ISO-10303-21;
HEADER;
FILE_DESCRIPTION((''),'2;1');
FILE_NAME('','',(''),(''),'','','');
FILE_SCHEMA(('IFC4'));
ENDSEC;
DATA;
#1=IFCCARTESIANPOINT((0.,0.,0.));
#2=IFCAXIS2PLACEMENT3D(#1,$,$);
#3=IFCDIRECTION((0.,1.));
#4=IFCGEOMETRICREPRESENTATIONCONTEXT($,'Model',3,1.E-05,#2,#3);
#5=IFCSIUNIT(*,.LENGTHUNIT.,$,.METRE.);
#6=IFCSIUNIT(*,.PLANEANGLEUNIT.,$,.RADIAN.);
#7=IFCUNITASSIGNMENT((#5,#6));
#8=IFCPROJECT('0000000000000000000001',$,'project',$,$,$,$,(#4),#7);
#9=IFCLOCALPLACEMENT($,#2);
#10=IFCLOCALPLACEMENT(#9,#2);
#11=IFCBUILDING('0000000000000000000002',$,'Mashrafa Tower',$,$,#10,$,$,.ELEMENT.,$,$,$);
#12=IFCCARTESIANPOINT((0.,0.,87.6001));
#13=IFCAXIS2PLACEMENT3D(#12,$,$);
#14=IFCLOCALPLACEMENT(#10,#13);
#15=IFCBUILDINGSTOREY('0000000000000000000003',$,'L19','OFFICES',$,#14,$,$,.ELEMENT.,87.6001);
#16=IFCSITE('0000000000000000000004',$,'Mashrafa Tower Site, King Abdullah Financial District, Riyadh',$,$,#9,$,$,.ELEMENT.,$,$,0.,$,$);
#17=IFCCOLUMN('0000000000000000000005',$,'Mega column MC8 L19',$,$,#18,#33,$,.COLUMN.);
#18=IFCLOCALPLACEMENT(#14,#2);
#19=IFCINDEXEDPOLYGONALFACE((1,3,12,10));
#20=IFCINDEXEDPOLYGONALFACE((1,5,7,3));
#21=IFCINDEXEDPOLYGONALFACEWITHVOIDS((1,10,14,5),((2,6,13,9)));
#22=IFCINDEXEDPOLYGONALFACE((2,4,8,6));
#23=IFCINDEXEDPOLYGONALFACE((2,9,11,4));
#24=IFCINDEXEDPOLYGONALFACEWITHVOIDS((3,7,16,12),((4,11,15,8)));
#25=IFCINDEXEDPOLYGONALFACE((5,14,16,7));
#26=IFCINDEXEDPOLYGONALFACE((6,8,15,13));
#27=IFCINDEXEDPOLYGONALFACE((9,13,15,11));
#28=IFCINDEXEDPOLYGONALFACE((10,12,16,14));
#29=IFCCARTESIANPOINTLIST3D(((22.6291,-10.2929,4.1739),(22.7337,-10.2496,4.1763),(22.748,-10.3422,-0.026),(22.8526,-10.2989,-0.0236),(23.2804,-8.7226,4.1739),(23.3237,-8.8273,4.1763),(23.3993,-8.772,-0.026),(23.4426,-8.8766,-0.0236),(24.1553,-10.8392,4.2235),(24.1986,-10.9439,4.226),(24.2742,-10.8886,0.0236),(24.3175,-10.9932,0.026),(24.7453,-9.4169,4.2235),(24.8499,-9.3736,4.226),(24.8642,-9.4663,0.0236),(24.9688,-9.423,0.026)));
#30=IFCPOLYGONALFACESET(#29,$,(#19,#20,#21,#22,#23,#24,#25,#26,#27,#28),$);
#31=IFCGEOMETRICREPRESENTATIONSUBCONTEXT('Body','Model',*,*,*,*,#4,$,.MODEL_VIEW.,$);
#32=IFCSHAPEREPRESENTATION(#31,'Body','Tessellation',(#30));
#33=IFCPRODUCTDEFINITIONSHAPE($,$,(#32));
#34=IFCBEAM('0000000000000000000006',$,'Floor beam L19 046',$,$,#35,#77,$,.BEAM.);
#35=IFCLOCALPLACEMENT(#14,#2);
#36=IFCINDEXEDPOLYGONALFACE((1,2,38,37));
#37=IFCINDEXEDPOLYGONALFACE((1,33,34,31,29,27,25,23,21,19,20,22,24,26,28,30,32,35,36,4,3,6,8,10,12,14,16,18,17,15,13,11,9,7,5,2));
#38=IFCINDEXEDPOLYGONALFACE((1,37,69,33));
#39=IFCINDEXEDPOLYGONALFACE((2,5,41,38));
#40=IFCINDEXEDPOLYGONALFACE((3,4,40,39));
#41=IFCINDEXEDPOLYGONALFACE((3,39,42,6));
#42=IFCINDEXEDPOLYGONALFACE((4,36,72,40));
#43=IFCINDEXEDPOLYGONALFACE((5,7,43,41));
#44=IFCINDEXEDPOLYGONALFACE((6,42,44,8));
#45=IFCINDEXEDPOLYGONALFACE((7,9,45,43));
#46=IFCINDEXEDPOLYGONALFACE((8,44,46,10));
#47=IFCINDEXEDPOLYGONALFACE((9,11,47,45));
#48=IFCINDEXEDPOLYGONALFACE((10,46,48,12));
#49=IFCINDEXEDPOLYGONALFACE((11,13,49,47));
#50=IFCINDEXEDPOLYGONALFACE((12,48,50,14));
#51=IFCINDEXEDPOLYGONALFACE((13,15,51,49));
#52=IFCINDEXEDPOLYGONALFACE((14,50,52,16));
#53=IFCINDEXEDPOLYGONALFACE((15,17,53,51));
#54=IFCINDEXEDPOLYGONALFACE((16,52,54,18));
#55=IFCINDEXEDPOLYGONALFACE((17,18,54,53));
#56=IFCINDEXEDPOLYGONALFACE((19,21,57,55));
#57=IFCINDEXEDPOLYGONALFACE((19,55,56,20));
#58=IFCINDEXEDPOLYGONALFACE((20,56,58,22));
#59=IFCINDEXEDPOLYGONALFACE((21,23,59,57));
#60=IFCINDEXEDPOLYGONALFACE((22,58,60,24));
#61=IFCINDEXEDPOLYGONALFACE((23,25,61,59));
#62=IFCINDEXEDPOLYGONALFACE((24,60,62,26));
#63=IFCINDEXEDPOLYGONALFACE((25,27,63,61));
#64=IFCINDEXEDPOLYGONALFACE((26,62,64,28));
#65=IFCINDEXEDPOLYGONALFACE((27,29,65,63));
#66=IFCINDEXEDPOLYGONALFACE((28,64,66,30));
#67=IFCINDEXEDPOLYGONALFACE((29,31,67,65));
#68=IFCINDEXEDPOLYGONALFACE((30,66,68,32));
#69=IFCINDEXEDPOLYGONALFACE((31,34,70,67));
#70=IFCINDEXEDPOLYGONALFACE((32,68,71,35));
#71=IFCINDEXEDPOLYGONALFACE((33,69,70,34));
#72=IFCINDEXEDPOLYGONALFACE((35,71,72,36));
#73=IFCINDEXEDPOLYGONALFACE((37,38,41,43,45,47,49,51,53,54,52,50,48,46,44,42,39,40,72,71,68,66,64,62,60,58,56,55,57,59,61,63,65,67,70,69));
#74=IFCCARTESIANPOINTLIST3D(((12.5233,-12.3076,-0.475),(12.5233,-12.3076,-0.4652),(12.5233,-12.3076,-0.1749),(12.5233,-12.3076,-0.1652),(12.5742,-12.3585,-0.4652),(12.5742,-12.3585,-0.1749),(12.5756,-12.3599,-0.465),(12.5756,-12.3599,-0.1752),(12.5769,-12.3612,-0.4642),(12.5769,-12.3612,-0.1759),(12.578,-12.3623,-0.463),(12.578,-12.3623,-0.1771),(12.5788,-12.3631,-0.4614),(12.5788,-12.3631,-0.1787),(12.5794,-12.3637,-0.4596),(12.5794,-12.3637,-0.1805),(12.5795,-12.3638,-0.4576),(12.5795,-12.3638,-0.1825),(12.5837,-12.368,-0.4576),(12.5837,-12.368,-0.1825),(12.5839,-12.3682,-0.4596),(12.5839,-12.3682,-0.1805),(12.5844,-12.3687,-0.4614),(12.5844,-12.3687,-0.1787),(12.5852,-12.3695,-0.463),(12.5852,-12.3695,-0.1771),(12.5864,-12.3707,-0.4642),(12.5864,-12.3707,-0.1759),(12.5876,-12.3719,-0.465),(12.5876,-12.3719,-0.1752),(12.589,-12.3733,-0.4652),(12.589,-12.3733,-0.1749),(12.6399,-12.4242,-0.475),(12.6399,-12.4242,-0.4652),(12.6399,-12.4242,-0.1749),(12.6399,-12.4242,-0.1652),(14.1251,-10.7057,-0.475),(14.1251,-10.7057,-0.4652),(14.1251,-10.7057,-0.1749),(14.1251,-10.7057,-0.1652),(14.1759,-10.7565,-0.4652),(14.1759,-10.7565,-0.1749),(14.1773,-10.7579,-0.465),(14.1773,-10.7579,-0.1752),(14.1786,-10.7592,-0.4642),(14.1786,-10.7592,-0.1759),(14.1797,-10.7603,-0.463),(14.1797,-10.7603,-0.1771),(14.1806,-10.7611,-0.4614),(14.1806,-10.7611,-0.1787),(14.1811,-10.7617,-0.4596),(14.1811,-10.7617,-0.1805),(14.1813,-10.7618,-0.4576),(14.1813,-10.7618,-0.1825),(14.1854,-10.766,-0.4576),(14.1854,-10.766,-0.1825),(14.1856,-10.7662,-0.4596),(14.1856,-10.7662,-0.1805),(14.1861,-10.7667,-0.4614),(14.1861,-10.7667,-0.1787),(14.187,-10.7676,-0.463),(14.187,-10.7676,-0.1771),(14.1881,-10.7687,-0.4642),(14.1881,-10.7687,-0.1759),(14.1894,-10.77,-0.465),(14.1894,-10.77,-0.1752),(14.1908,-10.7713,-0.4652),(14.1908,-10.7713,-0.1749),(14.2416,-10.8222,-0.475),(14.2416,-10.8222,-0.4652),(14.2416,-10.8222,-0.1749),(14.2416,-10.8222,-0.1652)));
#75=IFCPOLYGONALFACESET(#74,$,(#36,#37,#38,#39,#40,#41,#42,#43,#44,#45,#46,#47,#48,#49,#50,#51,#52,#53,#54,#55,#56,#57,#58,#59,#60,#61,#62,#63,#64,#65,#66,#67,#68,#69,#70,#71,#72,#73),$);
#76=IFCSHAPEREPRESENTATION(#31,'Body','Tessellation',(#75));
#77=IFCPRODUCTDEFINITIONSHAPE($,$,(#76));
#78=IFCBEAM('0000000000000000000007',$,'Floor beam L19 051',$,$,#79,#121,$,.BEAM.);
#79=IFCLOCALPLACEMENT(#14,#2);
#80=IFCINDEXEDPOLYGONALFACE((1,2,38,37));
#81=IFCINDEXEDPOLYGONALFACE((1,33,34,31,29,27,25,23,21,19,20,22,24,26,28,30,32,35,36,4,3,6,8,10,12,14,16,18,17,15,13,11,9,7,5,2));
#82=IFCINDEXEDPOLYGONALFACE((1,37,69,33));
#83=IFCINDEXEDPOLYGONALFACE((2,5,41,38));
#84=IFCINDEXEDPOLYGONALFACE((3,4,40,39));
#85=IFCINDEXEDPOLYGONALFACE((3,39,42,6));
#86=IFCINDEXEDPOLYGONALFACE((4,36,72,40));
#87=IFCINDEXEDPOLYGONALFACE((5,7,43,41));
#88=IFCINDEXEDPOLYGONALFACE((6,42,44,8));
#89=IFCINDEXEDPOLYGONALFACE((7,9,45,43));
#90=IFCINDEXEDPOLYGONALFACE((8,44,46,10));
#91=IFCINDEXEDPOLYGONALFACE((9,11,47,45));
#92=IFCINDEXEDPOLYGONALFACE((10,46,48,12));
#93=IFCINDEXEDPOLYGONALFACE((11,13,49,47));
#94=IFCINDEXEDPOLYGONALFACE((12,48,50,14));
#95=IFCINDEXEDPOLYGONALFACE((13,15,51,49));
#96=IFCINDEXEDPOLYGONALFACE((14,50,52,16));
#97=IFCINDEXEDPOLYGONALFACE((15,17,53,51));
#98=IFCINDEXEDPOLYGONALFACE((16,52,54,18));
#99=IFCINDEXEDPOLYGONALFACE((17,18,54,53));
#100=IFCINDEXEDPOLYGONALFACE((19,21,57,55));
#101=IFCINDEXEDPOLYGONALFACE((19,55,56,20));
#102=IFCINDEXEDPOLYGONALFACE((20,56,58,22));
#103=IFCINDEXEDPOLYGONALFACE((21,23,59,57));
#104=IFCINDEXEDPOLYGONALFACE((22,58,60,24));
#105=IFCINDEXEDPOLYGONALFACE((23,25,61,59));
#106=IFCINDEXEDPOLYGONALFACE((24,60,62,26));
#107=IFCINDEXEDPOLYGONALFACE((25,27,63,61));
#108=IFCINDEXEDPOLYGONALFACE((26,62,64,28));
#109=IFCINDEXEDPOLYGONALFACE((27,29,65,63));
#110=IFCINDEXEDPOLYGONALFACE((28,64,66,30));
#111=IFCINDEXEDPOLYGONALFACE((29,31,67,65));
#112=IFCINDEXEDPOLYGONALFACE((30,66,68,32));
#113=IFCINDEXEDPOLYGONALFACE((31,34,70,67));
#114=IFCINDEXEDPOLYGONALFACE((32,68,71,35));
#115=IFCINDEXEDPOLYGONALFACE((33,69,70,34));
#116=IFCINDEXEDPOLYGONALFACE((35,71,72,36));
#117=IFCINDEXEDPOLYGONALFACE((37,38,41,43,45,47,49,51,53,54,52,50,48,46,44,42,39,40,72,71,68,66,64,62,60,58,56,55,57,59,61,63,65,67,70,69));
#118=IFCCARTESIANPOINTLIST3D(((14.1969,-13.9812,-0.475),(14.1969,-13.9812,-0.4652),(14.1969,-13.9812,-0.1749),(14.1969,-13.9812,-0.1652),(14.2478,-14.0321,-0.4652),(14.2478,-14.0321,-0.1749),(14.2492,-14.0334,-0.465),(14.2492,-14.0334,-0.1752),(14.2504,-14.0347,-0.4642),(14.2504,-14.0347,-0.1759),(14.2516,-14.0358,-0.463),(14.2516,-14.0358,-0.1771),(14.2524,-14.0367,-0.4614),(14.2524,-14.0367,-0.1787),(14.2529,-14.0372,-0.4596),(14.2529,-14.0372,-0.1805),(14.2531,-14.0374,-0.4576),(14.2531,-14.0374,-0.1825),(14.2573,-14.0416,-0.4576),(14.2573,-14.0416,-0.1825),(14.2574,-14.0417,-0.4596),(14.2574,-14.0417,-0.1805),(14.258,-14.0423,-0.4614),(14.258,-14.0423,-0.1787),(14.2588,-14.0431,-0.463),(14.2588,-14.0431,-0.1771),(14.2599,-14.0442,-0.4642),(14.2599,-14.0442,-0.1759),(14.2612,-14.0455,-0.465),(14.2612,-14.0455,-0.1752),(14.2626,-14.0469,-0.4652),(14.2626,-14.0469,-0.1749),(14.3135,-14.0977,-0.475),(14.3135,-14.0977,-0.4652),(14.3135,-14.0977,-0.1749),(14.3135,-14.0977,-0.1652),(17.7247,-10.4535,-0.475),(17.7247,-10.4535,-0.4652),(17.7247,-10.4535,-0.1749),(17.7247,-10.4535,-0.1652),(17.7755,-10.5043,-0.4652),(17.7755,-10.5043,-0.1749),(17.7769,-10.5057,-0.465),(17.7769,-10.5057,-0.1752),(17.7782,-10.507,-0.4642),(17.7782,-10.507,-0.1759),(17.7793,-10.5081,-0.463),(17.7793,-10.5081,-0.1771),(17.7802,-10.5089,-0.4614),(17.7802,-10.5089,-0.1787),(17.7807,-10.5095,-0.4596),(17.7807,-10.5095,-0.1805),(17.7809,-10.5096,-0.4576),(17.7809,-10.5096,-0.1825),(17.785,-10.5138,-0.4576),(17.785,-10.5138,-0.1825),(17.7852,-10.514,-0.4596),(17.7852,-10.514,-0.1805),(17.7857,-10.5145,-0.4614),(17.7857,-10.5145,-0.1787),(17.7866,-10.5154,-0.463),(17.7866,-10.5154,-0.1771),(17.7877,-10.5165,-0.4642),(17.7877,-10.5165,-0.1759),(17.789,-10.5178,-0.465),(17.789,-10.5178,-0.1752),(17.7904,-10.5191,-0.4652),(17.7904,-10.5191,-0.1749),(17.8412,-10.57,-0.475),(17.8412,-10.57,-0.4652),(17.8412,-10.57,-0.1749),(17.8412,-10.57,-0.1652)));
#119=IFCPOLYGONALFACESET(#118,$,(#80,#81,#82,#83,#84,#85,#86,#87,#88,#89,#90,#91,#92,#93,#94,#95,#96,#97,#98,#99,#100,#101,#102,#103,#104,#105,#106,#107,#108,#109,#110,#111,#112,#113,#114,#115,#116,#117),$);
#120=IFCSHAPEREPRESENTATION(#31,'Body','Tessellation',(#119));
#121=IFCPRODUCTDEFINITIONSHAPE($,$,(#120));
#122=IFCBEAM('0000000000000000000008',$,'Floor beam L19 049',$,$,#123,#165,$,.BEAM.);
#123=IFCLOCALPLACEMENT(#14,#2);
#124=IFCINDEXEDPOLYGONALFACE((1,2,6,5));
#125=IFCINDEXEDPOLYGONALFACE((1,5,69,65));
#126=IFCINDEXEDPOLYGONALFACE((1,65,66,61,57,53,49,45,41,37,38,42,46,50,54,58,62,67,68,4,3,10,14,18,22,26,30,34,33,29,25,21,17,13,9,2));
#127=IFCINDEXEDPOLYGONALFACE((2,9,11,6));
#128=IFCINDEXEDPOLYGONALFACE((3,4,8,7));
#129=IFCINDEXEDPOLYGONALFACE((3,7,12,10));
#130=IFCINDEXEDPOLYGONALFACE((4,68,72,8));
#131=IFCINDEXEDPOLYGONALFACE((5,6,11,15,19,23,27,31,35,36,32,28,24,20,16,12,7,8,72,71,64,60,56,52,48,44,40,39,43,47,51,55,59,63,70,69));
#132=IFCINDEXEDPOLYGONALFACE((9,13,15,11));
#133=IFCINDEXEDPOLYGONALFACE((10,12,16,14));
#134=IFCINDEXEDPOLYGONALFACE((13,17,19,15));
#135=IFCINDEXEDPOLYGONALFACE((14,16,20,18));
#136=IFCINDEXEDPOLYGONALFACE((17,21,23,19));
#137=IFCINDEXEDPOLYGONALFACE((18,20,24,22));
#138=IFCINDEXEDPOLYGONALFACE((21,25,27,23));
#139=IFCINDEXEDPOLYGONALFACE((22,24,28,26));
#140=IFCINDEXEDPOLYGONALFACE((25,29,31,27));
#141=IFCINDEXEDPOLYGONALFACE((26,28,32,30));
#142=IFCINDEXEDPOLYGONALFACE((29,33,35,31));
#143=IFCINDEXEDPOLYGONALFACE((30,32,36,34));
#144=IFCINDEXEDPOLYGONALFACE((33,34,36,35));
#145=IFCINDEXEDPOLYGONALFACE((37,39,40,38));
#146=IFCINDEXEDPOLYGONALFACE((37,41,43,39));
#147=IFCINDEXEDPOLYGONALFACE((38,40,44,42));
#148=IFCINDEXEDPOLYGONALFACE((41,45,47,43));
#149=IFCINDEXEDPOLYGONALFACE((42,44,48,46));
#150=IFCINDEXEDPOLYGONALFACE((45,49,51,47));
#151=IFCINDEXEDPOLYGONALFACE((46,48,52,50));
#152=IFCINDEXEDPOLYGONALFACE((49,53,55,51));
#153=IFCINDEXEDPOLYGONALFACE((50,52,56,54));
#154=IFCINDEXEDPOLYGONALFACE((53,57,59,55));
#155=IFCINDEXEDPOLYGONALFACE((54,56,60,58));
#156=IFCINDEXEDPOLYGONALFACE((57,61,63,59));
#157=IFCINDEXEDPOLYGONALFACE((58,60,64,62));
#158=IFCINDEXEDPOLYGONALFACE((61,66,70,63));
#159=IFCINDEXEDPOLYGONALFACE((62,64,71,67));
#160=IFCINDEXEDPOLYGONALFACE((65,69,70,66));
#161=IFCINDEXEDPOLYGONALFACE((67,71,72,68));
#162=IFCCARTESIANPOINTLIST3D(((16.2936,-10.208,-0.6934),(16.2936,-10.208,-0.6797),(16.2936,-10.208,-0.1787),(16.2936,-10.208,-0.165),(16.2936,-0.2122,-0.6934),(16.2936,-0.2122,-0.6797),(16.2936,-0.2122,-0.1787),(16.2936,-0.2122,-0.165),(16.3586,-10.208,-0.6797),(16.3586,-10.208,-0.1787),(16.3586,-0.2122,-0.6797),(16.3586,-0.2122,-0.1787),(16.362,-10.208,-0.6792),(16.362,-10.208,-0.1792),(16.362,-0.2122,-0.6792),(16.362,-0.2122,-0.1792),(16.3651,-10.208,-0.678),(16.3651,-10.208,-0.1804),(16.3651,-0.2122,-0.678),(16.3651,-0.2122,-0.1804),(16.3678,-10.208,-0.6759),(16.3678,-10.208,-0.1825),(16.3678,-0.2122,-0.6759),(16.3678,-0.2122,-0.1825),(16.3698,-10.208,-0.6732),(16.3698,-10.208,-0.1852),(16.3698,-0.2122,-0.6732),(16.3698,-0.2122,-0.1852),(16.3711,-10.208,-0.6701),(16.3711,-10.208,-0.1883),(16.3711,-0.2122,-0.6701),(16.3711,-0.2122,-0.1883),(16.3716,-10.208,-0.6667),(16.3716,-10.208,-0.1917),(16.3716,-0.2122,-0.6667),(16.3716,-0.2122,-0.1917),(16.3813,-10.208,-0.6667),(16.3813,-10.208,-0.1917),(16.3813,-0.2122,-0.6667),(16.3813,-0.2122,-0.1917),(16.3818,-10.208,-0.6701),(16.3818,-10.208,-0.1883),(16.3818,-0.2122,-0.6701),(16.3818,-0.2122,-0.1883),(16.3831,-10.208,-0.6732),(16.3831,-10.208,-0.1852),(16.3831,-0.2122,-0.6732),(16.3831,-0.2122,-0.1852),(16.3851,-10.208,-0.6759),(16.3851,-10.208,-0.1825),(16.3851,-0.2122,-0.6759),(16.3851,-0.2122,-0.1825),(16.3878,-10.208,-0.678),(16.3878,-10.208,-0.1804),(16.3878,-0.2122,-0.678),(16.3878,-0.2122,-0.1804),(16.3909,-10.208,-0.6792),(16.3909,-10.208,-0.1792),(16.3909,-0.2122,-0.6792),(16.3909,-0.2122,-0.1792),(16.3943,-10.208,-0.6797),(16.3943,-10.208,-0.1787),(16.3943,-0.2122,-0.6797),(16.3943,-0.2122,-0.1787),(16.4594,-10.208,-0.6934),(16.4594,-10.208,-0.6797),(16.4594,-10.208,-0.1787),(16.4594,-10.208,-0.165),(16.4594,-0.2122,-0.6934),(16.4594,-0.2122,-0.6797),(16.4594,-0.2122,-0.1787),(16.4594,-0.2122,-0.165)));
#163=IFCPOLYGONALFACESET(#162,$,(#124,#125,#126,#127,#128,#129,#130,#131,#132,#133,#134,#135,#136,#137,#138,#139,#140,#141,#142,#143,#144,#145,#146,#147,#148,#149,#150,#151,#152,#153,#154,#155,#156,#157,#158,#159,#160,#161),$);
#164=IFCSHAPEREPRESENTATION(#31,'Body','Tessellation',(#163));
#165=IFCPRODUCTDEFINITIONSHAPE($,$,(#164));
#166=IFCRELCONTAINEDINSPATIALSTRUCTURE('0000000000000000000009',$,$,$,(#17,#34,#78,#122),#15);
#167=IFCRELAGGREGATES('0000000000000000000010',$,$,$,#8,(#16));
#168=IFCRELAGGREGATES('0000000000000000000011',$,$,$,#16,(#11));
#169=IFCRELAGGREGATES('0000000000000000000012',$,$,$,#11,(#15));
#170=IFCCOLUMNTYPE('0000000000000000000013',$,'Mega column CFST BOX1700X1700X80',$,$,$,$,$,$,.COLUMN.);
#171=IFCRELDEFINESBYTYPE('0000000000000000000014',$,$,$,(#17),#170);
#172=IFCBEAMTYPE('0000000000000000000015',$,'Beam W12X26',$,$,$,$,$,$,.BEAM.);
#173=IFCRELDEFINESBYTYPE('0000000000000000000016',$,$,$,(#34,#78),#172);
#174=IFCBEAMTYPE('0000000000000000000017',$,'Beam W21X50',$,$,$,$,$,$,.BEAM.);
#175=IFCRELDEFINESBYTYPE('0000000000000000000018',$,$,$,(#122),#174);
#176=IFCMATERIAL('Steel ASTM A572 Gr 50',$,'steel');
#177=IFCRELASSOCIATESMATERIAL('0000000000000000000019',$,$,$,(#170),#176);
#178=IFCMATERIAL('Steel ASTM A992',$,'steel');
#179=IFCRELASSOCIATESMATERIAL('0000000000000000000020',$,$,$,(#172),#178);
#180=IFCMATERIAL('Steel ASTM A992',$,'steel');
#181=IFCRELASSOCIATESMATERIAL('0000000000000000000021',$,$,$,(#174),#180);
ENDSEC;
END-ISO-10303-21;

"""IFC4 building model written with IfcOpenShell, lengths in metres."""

from ifc_helpers import new_model, si_unit, direction, frame, origin, origin_2d, place, context, subcontext, project, spatial, hollow_rectangle, i_section, extrude, material, material_profile, profile_set, type_object, element, save


model = new_model("IFC4")

# Units and contexts
model_context = context("Model", 3, precision=1e-05, world=origin(), true_north=direction((0.0, 1.0)))
body_context = subcontext(model_context, "Body", "Model", "MODEL_VIEW")
ifc_project = project(units=[si_unit("LENGTHUNIT", "METRE"), si_unit("PLANEANGLEUNIT", "RADIAN")], contexts=[model_context])

# Site, building, storey
site_placement = place(None, origin())
site = spatial("IfcSite", under=ifc_project, at=site_placement, Name="Mashrafa Tower Site, King Abdullah Financial District, Riyadh", CompositionType="ELEMENT", RefElevation=0.0)
building_placement = place(site_placement, origin())
building = spatial("IfcBuilding", under=site, at=building_placement, Name="Mashrafa Tower", CompositionType="ELEMENT")
storey_placement = place(building_placement, frame((0.0, 0.0, 87.6001)))
storey = spatial("IfcBuildingStorey", under=building, at=storey_placement, Name="L19", Description="OFFICES", CompositionType="ELEMENT", Elevation=87.6001)

# Column
ifc_material_1 = material(Name="Steel ASTM A572 Gr 50", Category="steel")
ifc_material_profile_1 = material_profile(ifc_material_1, hollow_rectangle(XDim=1.7, YDim=1.7, WallThickness=0.0801, at=origin_2d()), Name="BOX1700X1700X80")
ifc_profile_set_1 = profile_set([ifc_material_profile_1], Name="Steel ASTM A572 Gr 50")
column_type = type_object("IfcColumnType", Name="Mega column CFST BOX1700X1700X80", PredefinedType="COLUMN", material=ifc_profile_set_1)
column_placement = place(storey_placement, frame((23.8584, -9.8826, 0.0), z_axis=(-0.028296, 0.011737, 0.999531), x_axis=(-0.383133, -0.923693, 0.0)))
element("IfcColumn", 1, at=column_placement, inside=storey, type_object=column_type, Name="Mega column MC8 L19", PredefinedType="COLUMN", context=body_context, shape_type="SweptSolid", body=[
    extrude(hollow_rectangle(XDim=1.7, YDim=1.7, WallThickness=0.0801, at=origin_2d()), origin(), (0.0, 0.0, 1.0), 4.2019),
])

# Beams
ifc_material_2 = material(Name="Steel ASTM A992", Category="steel")
ifc_material_profile_2 = material_profile(ifc_material_2, i_section(OverallWidth=0.1648, OverallDepth=0.3098, WebThickness=0.0059, FlangeThickness=0.0098, FilletRadius=0.0076, at=origin_2d()), Name="W12X26")
ifc_profile_set_2 = profile_set([ifc_material_profile_2], Name="Steel ASTM A992")
beam_type_1 = type_object("IfcBeamType", Name="Beam W12X26", PredefinedType="BEAM", material=ifc_profile_set_2)
beam_1_placement = place(storey_placement, frame((14.1833, -10.7639, -0.3201), z_axis=(-0.707053, -0.707161, 0.0), x_axis=(0.707161, -0.707053, 0.0)))
element("IfcBeam", 2, at=beam_1_placement, inside=storey, type_object=beam_type_1, Name="Floor beam L19 046", PredefinedType="BEAM", context=body_context, shape_type="SweptSolid", body=[
    extrude(i_section(OverallWidth=0.1648, OverallDepth=0.3098, WebThickness=0.0059, FlangeThickness=0.0098, FilletRadius=0.0076, at=origin_2d()), origin(), (0.0, 0.0, 1.0), 2.2654),
])
beam_2_placement = place(storey_placement, frame((17.783, -10.5117, -0.3201), z_axis=(-0.707107, -0.707107, 0.0), x_axis=(0.707107, -0.707107, 0.0)))
element("IfcBeam", 3, at=beam_2_placement, inside=storey, type_object=beam_type_1, Name="Floor beam L19 051", PredefinedType="BEAM", context=body_context, shape_type="SweptSolid", body=[
    extrude(i_section(OverallWidth=0.1648, OverallDepth=0.3098, WebThickness=0.0059, FlangeThickness=0.0098, FilletRadius=0.0076, at=origin_2d()), origin(), (0.0, 0.0, 1.0), 4.989),
])
ifc_material_3 = material(Name="Steel ASTM A992", Category="steel")
ifc_material_profile_3 = material_profile(ifc_material_3, i_section(OverallWidth=0.1658, OverallDepth=0.5283, WebThickness=0.0098, FlangeThickness=0.0137, FilletRadius=0.0129, at=origin_2d()), Name="W21X50")
ifc_profile_set_3 = profile_set([ifc_material_profile_3], Name="Steel ASTM A992")
beam_type_2 = type_object("IfcBeamType", Name="Beam W21X50", PredefinedType="BEAM", material=ifc_profile_set_3)
beam_3_placement = place(storey_placement, frame((16.3765, -0.2122, -0.4292), z_axis=(0.0, -1.0, 0.0), x_axis=(1.0, 0.0, 0.0)))
element("IfcBeam", 4, at=beam_3_placement, inside=storey, type_object=beam_type_2, Name="Floor beam L19 049", PredefinedType="BEAM", context=body_context, shape_type="SweptSolid", body=[
    extrude(i_section(OverallWidth=0.1658, OverallDepth=0.5283, WebThickness=0.0098, FlangeThickness=0.0137, FilletRadius=0.0129, at=origin_2d()), origin(), (0.0, 0.0, 1.0), 9.9958),
])

save(model, "model.ifc")
